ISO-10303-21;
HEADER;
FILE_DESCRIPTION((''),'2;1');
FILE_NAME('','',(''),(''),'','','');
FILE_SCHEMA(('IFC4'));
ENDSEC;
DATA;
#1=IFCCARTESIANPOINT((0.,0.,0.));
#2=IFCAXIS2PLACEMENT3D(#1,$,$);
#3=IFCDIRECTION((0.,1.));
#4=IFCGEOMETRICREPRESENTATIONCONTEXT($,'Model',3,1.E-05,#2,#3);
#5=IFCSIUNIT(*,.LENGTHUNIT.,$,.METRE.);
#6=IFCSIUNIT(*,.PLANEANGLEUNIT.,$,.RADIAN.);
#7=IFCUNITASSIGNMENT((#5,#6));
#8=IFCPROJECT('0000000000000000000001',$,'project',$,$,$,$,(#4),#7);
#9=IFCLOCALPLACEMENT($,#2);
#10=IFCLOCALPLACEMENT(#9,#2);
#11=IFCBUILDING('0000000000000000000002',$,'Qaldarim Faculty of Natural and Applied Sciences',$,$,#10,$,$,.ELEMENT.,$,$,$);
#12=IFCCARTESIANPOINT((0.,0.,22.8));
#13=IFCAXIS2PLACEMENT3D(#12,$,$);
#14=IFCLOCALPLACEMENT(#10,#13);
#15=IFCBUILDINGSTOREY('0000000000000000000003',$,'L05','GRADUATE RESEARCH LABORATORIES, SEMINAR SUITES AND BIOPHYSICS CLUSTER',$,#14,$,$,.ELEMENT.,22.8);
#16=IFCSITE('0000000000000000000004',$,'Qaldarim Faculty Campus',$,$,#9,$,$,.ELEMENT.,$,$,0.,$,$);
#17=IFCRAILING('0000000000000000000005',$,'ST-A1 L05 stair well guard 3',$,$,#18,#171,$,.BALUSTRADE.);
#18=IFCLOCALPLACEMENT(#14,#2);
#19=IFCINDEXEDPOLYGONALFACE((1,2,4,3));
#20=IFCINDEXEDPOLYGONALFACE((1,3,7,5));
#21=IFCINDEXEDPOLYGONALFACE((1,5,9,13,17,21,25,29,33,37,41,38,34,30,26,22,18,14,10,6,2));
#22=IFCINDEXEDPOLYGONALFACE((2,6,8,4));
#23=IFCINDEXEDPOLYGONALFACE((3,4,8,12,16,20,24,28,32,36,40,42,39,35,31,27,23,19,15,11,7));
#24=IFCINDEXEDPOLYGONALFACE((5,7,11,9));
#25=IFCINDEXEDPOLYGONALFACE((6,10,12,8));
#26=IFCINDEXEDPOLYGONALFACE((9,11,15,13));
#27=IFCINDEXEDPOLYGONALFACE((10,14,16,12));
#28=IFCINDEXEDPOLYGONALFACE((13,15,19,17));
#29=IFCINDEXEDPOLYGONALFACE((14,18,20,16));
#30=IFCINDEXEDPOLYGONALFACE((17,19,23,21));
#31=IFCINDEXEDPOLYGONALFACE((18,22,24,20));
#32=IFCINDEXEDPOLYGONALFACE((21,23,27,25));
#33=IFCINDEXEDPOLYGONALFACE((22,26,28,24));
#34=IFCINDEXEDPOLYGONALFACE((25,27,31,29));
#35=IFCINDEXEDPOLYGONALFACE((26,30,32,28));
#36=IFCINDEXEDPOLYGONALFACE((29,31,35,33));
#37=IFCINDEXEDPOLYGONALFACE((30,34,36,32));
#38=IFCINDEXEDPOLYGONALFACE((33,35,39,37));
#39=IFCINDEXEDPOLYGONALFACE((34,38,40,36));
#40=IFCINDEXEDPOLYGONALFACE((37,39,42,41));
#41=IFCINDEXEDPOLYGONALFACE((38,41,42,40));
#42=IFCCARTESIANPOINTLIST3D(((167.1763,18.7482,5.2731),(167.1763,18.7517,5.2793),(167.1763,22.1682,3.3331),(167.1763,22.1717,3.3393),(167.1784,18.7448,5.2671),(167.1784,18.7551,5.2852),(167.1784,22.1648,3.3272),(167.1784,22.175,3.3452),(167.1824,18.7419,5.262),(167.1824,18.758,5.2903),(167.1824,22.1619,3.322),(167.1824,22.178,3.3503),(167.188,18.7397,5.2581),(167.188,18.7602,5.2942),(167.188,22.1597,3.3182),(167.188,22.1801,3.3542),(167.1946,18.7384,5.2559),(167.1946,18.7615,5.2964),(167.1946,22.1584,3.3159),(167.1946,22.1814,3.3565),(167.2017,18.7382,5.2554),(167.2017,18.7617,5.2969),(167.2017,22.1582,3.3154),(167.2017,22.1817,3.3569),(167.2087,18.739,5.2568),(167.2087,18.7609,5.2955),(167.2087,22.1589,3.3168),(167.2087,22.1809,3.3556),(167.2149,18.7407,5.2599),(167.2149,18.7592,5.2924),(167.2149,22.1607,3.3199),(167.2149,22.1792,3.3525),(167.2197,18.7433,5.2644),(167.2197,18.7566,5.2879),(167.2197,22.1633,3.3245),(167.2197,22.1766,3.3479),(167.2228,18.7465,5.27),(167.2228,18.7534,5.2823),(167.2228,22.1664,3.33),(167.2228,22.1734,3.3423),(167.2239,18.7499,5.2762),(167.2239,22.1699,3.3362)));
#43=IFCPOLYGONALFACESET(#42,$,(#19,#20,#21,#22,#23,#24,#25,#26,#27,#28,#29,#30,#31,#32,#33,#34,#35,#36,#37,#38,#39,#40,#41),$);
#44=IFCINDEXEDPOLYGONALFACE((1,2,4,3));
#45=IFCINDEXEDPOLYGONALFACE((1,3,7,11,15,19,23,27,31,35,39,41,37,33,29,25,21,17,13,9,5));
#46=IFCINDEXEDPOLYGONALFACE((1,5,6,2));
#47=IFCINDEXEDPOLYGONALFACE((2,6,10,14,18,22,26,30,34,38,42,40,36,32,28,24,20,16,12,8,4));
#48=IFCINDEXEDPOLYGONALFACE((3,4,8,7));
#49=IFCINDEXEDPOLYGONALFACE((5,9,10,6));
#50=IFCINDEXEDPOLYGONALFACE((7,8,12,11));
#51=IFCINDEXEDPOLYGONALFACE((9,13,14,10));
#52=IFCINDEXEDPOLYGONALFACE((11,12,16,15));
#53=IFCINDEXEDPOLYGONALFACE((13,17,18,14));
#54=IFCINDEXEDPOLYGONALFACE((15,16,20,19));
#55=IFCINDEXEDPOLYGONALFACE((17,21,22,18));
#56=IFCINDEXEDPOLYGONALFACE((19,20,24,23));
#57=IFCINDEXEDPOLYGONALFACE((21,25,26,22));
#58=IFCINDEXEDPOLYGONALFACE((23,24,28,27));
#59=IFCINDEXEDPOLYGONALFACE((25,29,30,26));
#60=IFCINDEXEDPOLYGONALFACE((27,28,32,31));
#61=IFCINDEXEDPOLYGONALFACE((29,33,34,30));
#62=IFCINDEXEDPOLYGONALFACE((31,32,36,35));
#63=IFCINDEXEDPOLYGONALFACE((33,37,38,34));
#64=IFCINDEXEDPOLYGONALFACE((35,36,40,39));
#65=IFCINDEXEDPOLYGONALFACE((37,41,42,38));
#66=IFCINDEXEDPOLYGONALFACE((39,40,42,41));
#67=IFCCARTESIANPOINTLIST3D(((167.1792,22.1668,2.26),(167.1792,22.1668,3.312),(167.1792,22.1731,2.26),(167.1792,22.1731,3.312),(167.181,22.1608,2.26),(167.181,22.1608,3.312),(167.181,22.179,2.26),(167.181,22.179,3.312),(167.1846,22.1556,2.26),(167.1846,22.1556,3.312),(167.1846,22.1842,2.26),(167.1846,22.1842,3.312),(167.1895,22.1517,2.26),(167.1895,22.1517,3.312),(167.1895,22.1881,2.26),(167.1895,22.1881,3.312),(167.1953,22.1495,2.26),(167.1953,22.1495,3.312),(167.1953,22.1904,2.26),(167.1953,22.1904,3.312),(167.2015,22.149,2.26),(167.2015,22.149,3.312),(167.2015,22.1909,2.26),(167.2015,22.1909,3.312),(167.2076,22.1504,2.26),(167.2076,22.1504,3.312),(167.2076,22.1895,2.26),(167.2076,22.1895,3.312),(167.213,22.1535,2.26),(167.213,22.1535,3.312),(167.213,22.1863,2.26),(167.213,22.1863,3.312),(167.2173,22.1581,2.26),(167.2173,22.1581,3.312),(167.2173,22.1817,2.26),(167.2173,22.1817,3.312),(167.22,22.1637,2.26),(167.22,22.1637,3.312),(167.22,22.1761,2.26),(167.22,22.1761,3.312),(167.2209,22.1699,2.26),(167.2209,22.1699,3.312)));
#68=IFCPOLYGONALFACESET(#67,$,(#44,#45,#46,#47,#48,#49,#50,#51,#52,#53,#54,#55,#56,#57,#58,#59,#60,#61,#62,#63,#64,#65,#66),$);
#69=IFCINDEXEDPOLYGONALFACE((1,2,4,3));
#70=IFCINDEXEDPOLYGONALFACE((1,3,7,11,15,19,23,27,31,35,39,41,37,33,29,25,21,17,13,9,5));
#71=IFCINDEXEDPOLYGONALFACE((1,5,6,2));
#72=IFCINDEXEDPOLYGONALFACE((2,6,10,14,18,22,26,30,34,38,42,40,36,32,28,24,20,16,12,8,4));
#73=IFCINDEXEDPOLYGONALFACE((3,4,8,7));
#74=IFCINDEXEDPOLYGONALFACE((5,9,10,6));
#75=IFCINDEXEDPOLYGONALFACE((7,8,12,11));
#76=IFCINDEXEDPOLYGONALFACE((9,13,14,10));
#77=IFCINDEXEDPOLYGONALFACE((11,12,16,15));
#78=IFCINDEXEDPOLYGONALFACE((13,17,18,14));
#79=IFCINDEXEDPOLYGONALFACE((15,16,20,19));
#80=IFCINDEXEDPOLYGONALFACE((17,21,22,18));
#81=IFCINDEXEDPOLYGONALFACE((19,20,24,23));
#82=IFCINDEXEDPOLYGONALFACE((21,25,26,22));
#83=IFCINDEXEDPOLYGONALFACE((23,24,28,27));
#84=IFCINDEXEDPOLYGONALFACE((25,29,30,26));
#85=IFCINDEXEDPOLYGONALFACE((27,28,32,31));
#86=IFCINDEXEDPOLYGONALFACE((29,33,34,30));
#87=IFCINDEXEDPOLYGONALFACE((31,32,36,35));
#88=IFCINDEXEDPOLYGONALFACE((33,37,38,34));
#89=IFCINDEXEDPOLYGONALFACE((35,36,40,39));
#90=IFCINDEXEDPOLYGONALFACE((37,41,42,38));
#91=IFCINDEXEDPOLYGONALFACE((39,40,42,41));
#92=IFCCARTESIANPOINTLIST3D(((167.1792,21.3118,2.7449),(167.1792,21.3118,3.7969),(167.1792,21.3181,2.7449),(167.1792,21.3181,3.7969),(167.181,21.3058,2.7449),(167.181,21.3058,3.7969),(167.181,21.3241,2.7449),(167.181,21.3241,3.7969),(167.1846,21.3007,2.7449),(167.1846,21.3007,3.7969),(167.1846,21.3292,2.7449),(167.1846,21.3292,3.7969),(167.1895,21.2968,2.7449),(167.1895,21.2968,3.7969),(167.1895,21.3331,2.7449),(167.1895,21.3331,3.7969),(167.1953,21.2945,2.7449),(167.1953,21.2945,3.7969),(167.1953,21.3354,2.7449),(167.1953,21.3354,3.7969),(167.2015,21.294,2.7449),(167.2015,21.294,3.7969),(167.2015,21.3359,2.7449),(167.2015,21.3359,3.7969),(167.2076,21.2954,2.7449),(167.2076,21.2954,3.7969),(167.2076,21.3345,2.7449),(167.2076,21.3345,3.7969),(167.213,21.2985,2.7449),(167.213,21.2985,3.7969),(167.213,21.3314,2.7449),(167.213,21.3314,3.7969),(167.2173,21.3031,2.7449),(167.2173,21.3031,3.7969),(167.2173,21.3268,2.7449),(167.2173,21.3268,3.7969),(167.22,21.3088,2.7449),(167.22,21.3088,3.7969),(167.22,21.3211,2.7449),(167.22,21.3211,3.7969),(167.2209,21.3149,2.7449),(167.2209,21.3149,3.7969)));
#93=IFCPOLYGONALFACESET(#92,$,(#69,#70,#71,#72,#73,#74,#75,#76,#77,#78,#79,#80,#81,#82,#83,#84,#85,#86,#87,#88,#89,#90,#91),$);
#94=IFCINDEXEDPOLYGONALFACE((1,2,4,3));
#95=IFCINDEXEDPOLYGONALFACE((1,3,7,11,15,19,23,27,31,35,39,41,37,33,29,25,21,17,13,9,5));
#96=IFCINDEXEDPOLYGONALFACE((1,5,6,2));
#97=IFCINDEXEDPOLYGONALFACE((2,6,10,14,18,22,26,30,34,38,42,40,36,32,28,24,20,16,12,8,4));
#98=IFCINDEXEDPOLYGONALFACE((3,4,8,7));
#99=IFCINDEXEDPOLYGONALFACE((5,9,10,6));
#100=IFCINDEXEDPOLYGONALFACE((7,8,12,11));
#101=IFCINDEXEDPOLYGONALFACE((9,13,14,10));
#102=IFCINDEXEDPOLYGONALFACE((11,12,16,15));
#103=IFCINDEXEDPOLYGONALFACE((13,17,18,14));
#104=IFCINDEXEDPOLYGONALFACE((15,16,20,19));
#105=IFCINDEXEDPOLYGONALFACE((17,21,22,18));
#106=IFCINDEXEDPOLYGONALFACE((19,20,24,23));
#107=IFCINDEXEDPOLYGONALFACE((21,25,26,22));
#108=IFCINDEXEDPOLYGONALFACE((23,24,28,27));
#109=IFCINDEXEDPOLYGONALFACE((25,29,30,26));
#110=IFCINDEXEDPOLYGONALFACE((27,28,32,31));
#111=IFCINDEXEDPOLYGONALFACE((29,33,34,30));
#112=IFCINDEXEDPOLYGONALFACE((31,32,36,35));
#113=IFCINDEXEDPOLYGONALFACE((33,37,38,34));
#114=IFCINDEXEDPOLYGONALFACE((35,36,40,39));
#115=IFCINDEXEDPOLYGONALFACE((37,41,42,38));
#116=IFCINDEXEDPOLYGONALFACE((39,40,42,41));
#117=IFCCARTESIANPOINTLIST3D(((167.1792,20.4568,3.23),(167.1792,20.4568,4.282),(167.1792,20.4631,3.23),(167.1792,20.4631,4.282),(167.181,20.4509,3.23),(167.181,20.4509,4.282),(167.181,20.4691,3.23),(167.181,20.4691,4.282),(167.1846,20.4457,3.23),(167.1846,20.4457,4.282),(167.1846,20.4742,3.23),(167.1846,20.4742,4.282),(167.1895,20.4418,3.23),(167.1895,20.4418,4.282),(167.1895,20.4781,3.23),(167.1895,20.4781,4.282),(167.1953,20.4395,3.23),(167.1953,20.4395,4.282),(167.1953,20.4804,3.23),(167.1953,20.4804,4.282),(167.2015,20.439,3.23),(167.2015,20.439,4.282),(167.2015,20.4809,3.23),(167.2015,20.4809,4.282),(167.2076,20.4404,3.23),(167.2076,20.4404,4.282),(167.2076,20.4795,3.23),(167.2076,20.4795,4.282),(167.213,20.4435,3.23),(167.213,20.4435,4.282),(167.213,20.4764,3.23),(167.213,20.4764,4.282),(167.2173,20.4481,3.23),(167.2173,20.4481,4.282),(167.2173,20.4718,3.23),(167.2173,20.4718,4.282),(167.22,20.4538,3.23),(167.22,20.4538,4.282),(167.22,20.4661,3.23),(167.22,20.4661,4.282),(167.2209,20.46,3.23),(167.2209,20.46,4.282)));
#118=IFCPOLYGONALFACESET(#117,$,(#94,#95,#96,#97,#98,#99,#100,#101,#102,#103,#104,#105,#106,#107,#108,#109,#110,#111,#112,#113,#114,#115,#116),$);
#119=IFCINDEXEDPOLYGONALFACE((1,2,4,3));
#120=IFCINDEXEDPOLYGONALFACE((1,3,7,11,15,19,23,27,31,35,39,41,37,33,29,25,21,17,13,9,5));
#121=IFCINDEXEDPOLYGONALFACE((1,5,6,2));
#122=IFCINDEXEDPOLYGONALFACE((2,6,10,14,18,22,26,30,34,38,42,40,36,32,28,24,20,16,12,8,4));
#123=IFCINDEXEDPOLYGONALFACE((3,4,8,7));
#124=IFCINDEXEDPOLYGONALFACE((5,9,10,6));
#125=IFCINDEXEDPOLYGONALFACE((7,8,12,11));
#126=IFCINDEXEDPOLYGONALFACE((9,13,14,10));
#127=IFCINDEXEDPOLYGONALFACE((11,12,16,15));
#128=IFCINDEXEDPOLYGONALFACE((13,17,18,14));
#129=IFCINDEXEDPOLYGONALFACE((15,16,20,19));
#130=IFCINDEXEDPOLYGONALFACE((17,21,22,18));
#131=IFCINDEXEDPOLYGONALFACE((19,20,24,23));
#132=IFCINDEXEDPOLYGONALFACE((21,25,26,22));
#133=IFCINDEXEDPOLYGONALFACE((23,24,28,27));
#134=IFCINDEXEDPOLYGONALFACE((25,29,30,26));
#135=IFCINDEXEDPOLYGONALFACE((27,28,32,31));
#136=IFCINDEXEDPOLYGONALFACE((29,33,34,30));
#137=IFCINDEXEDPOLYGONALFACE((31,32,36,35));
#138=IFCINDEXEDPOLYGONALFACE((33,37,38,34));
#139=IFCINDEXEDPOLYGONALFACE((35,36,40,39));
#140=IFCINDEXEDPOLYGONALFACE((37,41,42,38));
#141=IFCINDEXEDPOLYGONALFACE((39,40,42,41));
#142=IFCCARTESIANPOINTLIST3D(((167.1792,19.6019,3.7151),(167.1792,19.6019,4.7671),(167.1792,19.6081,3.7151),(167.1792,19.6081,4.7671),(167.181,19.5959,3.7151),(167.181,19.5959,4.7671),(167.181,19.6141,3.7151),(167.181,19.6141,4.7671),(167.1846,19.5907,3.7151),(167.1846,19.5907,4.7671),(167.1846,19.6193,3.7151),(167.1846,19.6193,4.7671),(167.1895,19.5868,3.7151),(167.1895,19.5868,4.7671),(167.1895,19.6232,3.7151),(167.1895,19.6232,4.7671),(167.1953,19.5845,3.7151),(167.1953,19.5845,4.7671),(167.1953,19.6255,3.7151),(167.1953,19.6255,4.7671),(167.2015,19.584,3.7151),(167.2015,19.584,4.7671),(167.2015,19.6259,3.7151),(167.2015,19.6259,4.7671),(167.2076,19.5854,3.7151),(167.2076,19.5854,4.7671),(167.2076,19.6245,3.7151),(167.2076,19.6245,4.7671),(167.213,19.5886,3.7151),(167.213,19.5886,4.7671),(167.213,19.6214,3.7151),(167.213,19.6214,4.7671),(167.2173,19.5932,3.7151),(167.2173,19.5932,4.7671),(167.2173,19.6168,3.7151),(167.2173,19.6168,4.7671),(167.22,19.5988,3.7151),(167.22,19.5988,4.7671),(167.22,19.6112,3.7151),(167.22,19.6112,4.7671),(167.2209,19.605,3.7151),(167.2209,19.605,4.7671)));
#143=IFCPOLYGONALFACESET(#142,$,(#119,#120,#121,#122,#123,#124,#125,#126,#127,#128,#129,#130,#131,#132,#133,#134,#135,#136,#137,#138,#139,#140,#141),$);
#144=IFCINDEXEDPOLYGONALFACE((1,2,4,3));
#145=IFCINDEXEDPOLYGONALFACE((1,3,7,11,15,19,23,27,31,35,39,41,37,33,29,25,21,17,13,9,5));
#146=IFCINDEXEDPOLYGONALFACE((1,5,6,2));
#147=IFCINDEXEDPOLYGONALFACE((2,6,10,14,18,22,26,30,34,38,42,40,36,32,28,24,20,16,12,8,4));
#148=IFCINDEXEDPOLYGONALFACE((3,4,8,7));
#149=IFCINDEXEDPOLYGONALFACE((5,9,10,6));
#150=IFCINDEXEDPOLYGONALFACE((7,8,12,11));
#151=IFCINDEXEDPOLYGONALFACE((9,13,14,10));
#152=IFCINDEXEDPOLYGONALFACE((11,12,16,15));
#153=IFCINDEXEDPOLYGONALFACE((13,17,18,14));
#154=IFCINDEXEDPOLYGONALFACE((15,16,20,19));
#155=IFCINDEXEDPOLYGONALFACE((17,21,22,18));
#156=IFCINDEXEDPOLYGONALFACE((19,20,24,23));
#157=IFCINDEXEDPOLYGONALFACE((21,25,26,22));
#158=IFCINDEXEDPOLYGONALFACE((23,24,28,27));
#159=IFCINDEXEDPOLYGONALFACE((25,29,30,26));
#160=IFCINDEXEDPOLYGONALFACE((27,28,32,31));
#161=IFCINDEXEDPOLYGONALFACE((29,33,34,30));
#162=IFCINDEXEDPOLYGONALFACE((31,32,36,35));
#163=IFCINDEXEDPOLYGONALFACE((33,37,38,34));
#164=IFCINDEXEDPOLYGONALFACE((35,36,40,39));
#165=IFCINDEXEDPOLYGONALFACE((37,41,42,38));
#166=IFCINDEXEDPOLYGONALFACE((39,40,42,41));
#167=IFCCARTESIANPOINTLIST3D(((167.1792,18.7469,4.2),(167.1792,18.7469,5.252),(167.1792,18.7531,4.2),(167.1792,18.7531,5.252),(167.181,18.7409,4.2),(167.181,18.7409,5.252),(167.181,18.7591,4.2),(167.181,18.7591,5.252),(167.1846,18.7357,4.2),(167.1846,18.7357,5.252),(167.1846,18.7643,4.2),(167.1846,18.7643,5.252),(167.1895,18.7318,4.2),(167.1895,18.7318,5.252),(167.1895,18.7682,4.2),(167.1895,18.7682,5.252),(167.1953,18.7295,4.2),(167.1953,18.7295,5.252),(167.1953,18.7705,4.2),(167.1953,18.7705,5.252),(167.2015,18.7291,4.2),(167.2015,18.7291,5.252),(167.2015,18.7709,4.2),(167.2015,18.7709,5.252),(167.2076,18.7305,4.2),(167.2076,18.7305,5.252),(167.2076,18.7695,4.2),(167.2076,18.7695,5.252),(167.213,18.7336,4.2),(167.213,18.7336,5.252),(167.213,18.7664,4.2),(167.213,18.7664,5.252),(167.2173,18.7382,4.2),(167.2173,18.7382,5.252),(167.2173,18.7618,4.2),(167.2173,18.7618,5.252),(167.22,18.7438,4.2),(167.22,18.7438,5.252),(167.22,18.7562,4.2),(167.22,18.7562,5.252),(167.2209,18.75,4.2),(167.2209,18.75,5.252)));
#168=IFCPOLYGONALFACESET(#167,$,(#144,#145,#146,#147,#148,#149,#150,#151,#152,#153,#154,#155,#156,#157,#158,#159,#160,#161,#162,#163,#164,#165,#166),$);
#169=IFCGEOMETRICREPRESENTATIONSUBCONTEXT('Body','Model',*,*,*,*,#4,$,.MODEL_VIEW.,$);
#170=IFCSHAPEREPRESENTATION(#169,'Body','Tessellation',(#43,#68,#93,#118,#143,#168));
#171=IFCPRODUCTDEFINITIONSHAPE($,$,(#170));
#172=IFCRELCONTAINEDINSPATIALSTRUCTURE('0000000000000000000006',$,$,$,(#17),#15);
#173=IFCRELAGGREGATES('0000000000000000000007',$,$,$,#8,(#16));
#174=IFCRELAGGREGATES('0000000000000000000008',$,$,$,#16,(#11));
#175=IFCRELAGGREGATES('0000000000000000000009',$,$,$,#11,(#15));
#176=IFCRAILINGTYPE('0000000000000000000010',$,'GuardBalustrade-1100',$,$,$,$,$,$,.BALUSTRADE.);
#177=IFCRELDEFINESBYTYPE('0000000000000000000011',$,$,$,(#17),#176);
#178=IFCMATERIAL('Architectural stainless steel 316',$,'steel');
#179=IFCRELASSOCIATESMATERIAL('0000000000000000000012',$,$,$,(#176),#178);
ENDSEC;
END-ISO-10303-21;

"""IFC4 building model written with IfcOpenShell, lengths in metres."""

from ifc_helpers import new_model, si_unit, direction, frame, origin, origin_2d, place, context, subcontext, project, spatial, circle, extrude, material, type_object, element, save


model = new_model("IFC4")

# Units and contexts
model_context = context("Model", 3, precision=1e-05, world=origin(), true_north=direction((0.0, 1.0)))
body_context = subcontext(model_context, "Body", "Model", "MODEL_VIEW")
ifc_project = project(units=[si_unit("LENGTHUNIT", "METRE"), si_unit("PLANEANGLEUNIT", "RADIAN")], contexts=[model_context])

# Site, building, storey
site_placement = place(None, origin())
site = spatial("IfcSite", under=ifc_project, at=site_placement, Name="Qaldarim Faculty Campus", CompositionType="ELEMENT", RefElevation=0.0)
building_placement = place(site_placement, origin())
building = spatial("IfcBuilding", under=site, at=building_placement, Name="Qaldarim Faculty of Natural and Applied Sciences", CompositionType="ELEMENT")
storey_placement = place(building_placement, frame((0.0, 0.0, 22.8)))
storey = spatial("IfcBuildingStorey", under=building, at=storey_placement, Name="L05", Description="GRADUATE RESEARCH LABORATORIES, SEMINAR SUITES AND BIOPHYSICS CLUSTER", CompositionType="ELEMENT", Elevation=22.8)

# Shared definitions
ifc_material_1 = material(Name="Architectural stainless steel 316", Category="steel")

# Railing
railing_type_1 = type_object("IfcRailingType", Name="GuardBalustrade-1100", PredefinedType="BALUSTRADE", material=ifc_material_1)
railing_1_placement = place(storey_placement, frame((167.2, 22.1699, 2.26)))
element("IfcRailing", 1, at=railing_1_placement, inside=storey, type_object=railing_type_1, Name="ST-A1 L05 stair well guard 3", PredefinedType="BALUSTRADE", context=body_context, shape_type="SweptSolid", body=[
    extrude(circle(Radius=0.0239, at=origin_2d()), frame((0.0, 0.0, 1.0762), z_axis=(0.0, -0.869805, 0.493395), x_axis=(1.0, 0.0, 0.0)), (0.0, 0.0, 1.0), 3.9319),
    extrude(circle(Radius=0.021, at=origin_2d()), origin(), (0.0, 0.0, 1.0), 1.052),
    extrude(circle(Radius=0.021, at=origin_2d()), frame((0.0, -0.855, 0.4849)), (0.0, 0.0, 1.0), 1.052),
    extrude(circle(Radius=0.021, at=origin_2d()), frame((0.0, -1.71, 0.97)), (0.0, 0.0, 1.0), 1.052),
    extrude(circle(Radius=0.021, at=origin_2d()), frame((0.0, -2.5649, 1.4551)), (0.0, 0.0, 1.0), 1.052),
    extrude(circle(Radius=0.021, at=origin_2d()), frame((0.0, -3.4199, 1.9399)), (0.0, 0.0, 1.0), 1.052),
])

save(model, "model.ifc")
